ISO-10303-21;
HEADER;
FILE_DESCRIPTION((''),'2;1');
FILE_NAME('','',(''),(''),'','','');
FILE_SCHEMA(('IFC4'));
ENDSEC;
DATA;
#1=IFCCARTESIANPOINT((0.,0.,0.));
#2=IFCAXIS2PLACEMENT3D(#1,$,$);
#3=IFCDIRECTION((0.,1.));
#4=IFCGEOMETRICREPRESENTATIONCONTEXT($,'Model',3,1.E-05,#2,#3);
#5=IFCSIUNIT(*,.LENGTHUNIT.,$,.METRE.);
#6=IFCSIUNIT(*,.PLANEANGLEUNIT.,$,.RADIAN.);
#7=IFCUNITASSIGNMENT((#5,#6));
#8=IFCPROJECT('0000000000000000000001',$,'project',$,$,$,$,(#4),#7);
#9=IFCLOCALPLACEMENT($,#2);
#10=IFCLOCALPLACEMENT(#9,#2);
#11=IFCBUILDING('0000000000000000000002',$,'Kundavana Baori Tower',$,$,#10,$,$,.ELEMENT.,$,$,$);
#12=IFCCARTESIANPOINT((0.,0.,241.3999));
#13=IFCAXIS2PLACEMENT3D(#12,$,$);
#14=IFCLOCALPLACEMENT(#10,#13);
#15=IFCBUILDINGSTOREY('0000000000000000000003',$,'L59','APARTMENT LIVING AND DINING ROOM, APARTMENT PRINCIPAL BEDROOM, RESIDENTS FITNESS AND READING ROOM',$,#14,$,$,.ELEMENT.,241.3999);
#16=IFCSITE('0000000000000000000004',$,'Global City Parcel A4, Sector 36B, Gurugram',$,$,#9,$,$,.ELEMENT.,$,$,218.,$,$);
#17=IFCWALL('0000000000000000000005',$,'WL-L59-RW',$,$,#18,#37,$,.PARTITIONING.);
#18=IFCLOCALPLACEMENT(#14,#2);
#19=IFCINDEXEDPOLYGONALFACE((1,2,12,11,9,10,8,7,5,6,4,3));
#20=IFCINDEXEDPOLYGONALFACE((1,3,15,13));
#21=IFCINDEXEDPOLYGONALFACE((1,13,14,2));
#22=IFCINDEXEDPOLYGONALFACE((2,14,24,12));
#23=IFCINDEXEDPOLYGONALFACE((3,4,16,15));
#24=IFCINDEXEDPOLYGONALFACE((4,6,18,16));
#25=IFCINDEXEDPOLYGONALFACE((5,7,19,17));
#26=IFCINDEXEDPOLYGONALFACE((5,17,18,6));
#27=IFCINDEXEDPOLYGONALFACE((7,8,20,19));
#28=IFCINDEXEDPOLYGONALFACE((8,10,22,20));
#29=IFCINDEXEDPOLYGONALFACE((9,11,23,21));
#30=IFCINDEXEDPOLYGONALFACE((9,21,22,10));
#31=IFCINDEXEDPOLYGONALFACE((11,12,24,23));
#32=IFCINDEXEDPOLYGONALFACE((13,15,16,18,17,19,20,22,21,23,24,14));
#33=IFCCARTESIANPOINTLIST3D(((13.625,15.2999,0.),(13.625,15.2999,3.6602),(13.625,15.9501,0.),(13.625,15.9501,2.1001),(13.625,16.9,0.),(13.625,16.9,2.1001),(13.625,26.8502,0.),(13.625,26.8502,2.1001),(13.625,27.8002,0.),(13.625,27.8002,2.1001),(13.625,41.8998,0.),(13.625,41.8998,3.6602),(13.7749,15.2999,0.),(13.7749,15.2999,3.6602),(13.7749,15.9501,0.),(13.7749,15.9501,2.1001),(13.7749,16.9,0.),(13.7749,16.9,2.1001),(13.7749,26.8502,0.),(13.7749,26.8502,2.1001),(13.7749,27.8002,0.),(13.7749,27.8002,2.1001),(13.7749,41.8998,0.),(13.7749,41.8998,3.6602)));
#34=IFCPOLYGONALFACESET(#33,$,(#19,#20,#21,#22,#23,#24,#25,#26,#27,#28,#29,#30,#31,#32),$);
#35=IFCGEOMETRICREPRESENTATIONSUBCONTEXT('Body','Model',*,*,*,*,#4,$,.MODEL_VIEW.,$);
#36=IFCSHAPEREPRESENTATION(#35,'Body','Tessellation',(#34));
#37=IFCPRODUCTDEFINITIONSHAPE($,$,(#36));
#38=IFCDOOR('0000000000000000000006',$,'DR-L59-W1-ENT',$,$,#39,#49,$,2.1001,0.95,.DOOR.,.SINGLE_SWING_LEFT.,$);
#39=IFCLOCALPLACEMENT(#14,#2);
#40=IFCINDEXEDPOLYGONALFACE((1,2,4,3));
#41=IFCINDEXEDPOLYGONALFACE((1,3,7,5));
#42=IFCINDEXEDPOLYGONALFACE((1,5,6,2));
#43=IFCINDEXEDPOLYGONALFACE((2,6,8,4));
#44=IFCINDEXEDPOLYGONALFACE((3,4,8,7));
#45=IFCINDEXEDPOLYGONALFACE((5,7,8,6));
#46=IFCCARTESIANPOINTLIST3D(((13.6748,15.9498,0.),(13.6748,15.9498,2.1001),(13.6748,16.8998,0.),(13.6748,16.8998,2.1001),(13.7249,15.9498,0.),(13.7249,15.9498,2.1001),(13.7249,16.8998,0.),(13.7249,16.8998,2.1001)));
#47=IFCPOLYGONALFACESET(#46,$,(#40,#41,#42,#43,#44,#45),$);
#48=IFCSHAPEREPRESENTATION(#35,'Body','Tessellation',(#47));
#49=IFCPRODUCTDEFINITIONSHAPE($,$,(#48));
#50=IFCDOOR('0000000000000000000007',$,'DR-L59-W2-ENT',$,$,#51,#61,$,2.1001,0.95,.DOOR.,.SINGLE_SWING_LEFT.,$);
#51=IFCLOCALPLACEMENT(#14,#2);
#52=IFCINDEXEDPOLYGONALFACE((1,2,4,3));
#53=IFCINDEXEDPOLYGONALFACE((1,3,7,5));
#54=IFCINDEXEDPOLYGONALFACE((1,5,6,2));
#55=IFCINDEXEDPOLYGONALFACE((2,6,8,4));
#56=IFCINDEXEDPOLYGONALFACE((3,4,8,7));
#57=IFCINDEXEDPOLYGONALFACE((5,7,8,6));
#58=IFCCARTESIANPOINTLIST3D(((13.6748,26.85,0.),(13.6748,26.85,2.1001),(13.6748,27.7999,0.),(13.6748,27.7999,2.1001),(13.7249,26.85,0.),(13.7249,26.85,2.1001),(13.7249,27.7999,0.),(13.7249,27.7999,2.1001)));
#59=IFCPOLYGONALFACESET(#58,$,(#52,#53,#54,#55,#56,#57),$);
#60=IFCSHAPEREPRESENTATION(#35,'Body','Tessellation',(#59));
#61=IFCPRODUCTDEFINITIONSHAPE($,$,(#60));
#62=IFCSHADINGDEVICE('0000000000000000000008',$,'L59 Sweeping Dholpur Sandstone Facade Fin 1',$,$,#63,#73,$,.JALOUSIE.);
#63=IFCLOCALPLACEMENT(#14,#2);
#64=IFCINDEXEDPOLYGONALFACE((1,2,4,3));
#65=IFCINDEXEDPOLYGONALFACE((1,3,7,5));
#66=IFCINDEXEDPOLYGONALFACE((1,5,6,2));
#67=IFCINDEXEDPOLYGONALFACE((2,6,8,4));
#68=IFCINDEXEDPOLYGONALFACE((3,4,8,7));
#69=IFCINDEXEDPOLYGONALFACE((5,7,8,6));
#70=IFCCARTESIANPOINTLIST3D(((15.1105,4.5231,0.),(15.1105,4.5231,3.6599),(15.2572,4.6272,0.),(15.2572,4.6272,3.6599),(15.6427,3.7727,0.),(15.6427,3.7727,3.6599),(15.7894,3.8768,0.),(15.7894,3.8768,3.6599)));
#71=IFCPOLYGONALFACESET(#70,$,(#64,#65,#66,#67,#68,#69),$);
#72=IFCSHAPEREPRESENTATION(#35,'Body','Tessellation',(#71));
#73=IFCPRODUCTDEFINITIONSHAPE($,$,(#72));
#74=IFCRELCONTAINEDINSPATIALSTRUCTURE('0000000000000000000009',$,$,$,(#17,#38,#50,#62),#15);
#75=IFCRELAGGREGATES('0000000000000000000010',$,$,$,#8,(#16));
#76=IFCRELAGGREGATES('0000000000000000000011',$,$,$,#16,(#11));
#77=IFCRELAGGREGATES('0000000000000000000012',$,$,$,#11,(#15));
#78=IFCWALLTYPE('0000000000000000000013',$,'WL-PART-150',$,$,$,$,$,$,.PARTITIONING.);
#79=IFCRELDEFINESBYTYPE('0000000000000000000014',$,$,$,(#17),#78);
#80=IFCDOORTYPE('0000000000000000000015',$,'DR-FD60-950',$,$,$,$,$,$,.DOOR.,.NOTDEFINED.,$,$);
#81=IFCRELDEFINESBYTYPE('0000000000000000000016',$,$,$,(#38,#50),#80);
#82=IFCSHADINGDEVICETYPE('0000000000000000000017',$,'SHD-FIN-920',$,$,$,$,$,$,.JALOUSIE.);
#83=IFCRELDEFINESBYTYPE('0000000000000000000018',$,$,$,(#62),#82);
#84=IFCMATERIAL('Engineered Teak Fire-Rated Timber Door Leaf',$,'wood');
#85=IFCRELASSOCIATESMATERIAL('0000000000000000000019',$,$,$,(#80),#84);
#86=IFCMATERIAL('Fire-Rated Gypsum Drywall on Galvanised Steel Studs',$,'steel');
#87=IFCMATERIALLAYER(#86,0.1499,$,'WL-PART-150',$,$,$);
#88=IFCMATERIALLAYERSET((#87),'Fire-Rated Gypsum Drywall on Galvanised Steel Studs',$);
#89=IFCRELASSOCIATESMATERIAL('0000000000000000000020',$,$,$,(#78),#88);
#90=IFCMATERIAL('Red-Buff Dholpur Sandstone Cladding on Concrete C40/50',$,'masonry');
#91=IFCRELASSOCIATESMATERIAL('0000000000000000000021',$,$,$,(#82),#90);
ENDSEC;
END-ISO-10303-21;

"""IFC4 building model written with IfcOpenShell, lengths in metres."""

from ifc_helpers import new_model, si_unit, direction, frame, frame_2d, origin, origin_2d, place, context, subcontext, project, spatial, rectangle, extrude, material, layer, layer_set, type_object, element, fill, save


model = new_model("IFC4")

# Units and contexts
model_context = context("Model", 3, precision=1e-05, world=origin(), true_north=direction((0.0, 1.0)))
body_context = subcontext(model_context, "Body", "Model", "MODEL_VIEW")
ifc_project = project(units=[si_unit("LENGTHUNIT", "METRE"), si_unit("PLANEANGLEUNIT", "RADIAN")], contexts=[model_context])

# Site, building, storey
site_placement = place(None, origin())
site = spatial("IfcSite", under=ifc_project, at=site_placement, Name="Global City Parcel A4, Sector 36B, Gurugram", CompositionType="ELEMENT", RefElevation=218.0)
building_placement = place(site_placement, origin())
building = spatial("IfcBuilding", under=site, at=building_placement, Name="Kundavana Baori Tower", CompositionType="ELEMENT")
storey_placement = place(building_placement, frame((0.0, 0.0, 241.3999)))
storey = spatial("IfcBuildingStorey", under=building, at=storey_placement, Name="L59", Description="APARTMENT LIVING AND DINING ROOM, APARTMENT PRINCIPAL BEDROOM, RESIDENTS FITNESS AND READING ROOM", CompositionType="ELEMENT", Elevation=241.3999)

# Shared definitions
ifc_material_1 = material(Name="Engineered Teak Fire-Rated Timber Door Leaf", Category="wood")
door_type_1 = type_object("IfcDoorType", Name="DR-FD60-950", OperationType="NOTDEFINED", PredefinedType="DOOR", material=ifc_material_1)

# Shared definitions
ifc_material_2 = material(Name="Fire-Rated Gypsum Drywall on Galvanised Steel Studs", Category="steel")
ifc_layer_1 = layer(ifc_material_2, 0.1499, Name="WL-PART-150")
ifc_layer_set_1 = layer_set([ifc_layer_1], Name="Fire-Rated Gypsum Drywall on Galvanised Steel Studs")
wall_type_1 = type_object("IfcWallType", Name="WL-PART-150", PredefinedType="PARTITIONING", material=ifc_layer_set_1)

# Wall, openings, doors
wall_1_placement = place(storey_placement, frame((13.7, 15.3, 0.0), z_axis=(0.0, 0.0, 1.0), x_axis=(0.0, 1.0, 0.0)))
wall_1 = element("IfcWall", 1, at=wall_1_placement, inside=storey, type_object=wall_type_1, Name="WL-L59-RW", PredefinedType="PARTITIONING", context=body_context, shape_type="SweptSolid", body=[
    extrude(rectangle(XDim=26.5999, YDim=0.1499, at=frame_2d((13.2998, 0.0))), origin(), (0.0, 0.0, 1.0), 3.6602),
])
opening_1_placement = place(wall_1_placement, frame((0.6499, 0.0, 0.0)))
opening_1 = element("IfcOpeningElement", 2, at=opening_1_placement, cuts=wall_1, PredefinedType="OPENING", context=body_context, shape_type="SweptSolid", body=[
    extrude(rectangle(XDim=0.95, YDim=2.1001, at=frame_2d((0.4751, 1.05))), frame((0.0, 0.085, 0.0), z_axis=(0.0, -1.0, 0.0), x_axis=(1.0, 0.0, 0.0)), (0.0, 0.0, 1.0), 0.1699),
])
opening_2_placement = place(wall_1_placement, frame((11.55, 0.0, 0.0)))
opening_2 = element("IfcOpeningElement", 3, at=opening_2_placement, cuts=wall_1, PredefinedType="OPENING", context=body_context, shape_type="SweptSolid", body=[
    extrude(rectangle(XDim=0.95, YDim=2.1001, at=frame_2d((0.4751, 1.05))), frame((0.0, 0.085, 0.0), z_axis=(0.0, -1.0, 0.0), x_axis=(1.0, 0.0, 0.0)), (0.0, 0.0, 1.0), 0.1699),
])
door_1_placement = place(opening_1_placement, frame((0.95, 0.0, 0.0), z_axis=(0.0, 0.0, 1.0), x_axis=(-1.0, 0.0, 0.0)))
door_1 = element("IfcDoor", 4, at=door_1_placement, inside=storey, type_object=door_type_1, Name="DR-L59-W1-ENT", OperationType="SINGLE_SWING_LEFT", OverallHeight=2.1001, OverallWidth=0.95, PredefinedType="DOOR", context=body_context, shape_type="SweptSolid", body=[
    extrude(rectangle(XDim=0.95, YDim=2.1001, at=frame_2d((0.4751, 1.05))), frame((0.0, 0.0249, 0.0), z_axis=(0.0, -1.0, 0.0), x_axis=(1.0, 0.0, 0.0)), (0.0, 0.0, 1.0), 0.05),
])
fill(opening_1, door_1)
door_2_placement = place(opening_2_placement, frame((0.95, 0.0, 0.0), z_axis=(0.0, 0.0, 1.0), x_axis=(-1.0, 0.0, 0.0)))
door_2 = element("IfcDoor", 5, at=door_2_placement, inside=storey, type_object=door_type_1, Name="DR-L59-W2-ENT", OperationType="SINGLE_SWING_LEFT", OverallHeight=2.1001, OverallWidth=0.95, PredefinedType="DOOR", context=body_context, shape_type="SweptSolid", body=[
    extrude(rectangle(XDim=0.95, YDim=2.1001, at=frame_2d((0.4751, 1.05))), frame((0.0, 0.0249, 0.0), z_axis=(0.0, -1.0, 0.0), x_axis=(1.0, 0.0, 0.0)), (0.0, 0.0, 1.0), 0.05),
])
fill(opening_2, door_2)

# Shading device
ifc_material_3 = material(Name="Red-Buff Dholpur Sandstone Cladding on Concrete C40/50", Category="masonry")
shading_device_type = type_object("IfcShadingDeviceType", Name="SHD-FIN-920", PredefinedType="JALOUSIE", material=ifc_material_3)
shading_device_placement = place(storey_placement, frame((15.45, 4.2, 0.0), z_axis=(0.0, 0.0, 1.0), x_axis=(0.815633, 0.57857, 0.0)))
element("IfcShadingDevice", 6, at=shading_device_placement, inside=storey, type_object=shading_device_type, Name="L59 Sweeping Dholpur Sandstone Facade Fin 1", PredefinedType="JALOUSIE", context=body_context, shape_type="SweptSolid", body=[
    extrude(rectangle(XDim=0.1799, YDim=0.9199, at=origin_2d()), origin(), (0.0, 0.0, 1.0), 3.6599),
])

save(model, "model.ifc")
